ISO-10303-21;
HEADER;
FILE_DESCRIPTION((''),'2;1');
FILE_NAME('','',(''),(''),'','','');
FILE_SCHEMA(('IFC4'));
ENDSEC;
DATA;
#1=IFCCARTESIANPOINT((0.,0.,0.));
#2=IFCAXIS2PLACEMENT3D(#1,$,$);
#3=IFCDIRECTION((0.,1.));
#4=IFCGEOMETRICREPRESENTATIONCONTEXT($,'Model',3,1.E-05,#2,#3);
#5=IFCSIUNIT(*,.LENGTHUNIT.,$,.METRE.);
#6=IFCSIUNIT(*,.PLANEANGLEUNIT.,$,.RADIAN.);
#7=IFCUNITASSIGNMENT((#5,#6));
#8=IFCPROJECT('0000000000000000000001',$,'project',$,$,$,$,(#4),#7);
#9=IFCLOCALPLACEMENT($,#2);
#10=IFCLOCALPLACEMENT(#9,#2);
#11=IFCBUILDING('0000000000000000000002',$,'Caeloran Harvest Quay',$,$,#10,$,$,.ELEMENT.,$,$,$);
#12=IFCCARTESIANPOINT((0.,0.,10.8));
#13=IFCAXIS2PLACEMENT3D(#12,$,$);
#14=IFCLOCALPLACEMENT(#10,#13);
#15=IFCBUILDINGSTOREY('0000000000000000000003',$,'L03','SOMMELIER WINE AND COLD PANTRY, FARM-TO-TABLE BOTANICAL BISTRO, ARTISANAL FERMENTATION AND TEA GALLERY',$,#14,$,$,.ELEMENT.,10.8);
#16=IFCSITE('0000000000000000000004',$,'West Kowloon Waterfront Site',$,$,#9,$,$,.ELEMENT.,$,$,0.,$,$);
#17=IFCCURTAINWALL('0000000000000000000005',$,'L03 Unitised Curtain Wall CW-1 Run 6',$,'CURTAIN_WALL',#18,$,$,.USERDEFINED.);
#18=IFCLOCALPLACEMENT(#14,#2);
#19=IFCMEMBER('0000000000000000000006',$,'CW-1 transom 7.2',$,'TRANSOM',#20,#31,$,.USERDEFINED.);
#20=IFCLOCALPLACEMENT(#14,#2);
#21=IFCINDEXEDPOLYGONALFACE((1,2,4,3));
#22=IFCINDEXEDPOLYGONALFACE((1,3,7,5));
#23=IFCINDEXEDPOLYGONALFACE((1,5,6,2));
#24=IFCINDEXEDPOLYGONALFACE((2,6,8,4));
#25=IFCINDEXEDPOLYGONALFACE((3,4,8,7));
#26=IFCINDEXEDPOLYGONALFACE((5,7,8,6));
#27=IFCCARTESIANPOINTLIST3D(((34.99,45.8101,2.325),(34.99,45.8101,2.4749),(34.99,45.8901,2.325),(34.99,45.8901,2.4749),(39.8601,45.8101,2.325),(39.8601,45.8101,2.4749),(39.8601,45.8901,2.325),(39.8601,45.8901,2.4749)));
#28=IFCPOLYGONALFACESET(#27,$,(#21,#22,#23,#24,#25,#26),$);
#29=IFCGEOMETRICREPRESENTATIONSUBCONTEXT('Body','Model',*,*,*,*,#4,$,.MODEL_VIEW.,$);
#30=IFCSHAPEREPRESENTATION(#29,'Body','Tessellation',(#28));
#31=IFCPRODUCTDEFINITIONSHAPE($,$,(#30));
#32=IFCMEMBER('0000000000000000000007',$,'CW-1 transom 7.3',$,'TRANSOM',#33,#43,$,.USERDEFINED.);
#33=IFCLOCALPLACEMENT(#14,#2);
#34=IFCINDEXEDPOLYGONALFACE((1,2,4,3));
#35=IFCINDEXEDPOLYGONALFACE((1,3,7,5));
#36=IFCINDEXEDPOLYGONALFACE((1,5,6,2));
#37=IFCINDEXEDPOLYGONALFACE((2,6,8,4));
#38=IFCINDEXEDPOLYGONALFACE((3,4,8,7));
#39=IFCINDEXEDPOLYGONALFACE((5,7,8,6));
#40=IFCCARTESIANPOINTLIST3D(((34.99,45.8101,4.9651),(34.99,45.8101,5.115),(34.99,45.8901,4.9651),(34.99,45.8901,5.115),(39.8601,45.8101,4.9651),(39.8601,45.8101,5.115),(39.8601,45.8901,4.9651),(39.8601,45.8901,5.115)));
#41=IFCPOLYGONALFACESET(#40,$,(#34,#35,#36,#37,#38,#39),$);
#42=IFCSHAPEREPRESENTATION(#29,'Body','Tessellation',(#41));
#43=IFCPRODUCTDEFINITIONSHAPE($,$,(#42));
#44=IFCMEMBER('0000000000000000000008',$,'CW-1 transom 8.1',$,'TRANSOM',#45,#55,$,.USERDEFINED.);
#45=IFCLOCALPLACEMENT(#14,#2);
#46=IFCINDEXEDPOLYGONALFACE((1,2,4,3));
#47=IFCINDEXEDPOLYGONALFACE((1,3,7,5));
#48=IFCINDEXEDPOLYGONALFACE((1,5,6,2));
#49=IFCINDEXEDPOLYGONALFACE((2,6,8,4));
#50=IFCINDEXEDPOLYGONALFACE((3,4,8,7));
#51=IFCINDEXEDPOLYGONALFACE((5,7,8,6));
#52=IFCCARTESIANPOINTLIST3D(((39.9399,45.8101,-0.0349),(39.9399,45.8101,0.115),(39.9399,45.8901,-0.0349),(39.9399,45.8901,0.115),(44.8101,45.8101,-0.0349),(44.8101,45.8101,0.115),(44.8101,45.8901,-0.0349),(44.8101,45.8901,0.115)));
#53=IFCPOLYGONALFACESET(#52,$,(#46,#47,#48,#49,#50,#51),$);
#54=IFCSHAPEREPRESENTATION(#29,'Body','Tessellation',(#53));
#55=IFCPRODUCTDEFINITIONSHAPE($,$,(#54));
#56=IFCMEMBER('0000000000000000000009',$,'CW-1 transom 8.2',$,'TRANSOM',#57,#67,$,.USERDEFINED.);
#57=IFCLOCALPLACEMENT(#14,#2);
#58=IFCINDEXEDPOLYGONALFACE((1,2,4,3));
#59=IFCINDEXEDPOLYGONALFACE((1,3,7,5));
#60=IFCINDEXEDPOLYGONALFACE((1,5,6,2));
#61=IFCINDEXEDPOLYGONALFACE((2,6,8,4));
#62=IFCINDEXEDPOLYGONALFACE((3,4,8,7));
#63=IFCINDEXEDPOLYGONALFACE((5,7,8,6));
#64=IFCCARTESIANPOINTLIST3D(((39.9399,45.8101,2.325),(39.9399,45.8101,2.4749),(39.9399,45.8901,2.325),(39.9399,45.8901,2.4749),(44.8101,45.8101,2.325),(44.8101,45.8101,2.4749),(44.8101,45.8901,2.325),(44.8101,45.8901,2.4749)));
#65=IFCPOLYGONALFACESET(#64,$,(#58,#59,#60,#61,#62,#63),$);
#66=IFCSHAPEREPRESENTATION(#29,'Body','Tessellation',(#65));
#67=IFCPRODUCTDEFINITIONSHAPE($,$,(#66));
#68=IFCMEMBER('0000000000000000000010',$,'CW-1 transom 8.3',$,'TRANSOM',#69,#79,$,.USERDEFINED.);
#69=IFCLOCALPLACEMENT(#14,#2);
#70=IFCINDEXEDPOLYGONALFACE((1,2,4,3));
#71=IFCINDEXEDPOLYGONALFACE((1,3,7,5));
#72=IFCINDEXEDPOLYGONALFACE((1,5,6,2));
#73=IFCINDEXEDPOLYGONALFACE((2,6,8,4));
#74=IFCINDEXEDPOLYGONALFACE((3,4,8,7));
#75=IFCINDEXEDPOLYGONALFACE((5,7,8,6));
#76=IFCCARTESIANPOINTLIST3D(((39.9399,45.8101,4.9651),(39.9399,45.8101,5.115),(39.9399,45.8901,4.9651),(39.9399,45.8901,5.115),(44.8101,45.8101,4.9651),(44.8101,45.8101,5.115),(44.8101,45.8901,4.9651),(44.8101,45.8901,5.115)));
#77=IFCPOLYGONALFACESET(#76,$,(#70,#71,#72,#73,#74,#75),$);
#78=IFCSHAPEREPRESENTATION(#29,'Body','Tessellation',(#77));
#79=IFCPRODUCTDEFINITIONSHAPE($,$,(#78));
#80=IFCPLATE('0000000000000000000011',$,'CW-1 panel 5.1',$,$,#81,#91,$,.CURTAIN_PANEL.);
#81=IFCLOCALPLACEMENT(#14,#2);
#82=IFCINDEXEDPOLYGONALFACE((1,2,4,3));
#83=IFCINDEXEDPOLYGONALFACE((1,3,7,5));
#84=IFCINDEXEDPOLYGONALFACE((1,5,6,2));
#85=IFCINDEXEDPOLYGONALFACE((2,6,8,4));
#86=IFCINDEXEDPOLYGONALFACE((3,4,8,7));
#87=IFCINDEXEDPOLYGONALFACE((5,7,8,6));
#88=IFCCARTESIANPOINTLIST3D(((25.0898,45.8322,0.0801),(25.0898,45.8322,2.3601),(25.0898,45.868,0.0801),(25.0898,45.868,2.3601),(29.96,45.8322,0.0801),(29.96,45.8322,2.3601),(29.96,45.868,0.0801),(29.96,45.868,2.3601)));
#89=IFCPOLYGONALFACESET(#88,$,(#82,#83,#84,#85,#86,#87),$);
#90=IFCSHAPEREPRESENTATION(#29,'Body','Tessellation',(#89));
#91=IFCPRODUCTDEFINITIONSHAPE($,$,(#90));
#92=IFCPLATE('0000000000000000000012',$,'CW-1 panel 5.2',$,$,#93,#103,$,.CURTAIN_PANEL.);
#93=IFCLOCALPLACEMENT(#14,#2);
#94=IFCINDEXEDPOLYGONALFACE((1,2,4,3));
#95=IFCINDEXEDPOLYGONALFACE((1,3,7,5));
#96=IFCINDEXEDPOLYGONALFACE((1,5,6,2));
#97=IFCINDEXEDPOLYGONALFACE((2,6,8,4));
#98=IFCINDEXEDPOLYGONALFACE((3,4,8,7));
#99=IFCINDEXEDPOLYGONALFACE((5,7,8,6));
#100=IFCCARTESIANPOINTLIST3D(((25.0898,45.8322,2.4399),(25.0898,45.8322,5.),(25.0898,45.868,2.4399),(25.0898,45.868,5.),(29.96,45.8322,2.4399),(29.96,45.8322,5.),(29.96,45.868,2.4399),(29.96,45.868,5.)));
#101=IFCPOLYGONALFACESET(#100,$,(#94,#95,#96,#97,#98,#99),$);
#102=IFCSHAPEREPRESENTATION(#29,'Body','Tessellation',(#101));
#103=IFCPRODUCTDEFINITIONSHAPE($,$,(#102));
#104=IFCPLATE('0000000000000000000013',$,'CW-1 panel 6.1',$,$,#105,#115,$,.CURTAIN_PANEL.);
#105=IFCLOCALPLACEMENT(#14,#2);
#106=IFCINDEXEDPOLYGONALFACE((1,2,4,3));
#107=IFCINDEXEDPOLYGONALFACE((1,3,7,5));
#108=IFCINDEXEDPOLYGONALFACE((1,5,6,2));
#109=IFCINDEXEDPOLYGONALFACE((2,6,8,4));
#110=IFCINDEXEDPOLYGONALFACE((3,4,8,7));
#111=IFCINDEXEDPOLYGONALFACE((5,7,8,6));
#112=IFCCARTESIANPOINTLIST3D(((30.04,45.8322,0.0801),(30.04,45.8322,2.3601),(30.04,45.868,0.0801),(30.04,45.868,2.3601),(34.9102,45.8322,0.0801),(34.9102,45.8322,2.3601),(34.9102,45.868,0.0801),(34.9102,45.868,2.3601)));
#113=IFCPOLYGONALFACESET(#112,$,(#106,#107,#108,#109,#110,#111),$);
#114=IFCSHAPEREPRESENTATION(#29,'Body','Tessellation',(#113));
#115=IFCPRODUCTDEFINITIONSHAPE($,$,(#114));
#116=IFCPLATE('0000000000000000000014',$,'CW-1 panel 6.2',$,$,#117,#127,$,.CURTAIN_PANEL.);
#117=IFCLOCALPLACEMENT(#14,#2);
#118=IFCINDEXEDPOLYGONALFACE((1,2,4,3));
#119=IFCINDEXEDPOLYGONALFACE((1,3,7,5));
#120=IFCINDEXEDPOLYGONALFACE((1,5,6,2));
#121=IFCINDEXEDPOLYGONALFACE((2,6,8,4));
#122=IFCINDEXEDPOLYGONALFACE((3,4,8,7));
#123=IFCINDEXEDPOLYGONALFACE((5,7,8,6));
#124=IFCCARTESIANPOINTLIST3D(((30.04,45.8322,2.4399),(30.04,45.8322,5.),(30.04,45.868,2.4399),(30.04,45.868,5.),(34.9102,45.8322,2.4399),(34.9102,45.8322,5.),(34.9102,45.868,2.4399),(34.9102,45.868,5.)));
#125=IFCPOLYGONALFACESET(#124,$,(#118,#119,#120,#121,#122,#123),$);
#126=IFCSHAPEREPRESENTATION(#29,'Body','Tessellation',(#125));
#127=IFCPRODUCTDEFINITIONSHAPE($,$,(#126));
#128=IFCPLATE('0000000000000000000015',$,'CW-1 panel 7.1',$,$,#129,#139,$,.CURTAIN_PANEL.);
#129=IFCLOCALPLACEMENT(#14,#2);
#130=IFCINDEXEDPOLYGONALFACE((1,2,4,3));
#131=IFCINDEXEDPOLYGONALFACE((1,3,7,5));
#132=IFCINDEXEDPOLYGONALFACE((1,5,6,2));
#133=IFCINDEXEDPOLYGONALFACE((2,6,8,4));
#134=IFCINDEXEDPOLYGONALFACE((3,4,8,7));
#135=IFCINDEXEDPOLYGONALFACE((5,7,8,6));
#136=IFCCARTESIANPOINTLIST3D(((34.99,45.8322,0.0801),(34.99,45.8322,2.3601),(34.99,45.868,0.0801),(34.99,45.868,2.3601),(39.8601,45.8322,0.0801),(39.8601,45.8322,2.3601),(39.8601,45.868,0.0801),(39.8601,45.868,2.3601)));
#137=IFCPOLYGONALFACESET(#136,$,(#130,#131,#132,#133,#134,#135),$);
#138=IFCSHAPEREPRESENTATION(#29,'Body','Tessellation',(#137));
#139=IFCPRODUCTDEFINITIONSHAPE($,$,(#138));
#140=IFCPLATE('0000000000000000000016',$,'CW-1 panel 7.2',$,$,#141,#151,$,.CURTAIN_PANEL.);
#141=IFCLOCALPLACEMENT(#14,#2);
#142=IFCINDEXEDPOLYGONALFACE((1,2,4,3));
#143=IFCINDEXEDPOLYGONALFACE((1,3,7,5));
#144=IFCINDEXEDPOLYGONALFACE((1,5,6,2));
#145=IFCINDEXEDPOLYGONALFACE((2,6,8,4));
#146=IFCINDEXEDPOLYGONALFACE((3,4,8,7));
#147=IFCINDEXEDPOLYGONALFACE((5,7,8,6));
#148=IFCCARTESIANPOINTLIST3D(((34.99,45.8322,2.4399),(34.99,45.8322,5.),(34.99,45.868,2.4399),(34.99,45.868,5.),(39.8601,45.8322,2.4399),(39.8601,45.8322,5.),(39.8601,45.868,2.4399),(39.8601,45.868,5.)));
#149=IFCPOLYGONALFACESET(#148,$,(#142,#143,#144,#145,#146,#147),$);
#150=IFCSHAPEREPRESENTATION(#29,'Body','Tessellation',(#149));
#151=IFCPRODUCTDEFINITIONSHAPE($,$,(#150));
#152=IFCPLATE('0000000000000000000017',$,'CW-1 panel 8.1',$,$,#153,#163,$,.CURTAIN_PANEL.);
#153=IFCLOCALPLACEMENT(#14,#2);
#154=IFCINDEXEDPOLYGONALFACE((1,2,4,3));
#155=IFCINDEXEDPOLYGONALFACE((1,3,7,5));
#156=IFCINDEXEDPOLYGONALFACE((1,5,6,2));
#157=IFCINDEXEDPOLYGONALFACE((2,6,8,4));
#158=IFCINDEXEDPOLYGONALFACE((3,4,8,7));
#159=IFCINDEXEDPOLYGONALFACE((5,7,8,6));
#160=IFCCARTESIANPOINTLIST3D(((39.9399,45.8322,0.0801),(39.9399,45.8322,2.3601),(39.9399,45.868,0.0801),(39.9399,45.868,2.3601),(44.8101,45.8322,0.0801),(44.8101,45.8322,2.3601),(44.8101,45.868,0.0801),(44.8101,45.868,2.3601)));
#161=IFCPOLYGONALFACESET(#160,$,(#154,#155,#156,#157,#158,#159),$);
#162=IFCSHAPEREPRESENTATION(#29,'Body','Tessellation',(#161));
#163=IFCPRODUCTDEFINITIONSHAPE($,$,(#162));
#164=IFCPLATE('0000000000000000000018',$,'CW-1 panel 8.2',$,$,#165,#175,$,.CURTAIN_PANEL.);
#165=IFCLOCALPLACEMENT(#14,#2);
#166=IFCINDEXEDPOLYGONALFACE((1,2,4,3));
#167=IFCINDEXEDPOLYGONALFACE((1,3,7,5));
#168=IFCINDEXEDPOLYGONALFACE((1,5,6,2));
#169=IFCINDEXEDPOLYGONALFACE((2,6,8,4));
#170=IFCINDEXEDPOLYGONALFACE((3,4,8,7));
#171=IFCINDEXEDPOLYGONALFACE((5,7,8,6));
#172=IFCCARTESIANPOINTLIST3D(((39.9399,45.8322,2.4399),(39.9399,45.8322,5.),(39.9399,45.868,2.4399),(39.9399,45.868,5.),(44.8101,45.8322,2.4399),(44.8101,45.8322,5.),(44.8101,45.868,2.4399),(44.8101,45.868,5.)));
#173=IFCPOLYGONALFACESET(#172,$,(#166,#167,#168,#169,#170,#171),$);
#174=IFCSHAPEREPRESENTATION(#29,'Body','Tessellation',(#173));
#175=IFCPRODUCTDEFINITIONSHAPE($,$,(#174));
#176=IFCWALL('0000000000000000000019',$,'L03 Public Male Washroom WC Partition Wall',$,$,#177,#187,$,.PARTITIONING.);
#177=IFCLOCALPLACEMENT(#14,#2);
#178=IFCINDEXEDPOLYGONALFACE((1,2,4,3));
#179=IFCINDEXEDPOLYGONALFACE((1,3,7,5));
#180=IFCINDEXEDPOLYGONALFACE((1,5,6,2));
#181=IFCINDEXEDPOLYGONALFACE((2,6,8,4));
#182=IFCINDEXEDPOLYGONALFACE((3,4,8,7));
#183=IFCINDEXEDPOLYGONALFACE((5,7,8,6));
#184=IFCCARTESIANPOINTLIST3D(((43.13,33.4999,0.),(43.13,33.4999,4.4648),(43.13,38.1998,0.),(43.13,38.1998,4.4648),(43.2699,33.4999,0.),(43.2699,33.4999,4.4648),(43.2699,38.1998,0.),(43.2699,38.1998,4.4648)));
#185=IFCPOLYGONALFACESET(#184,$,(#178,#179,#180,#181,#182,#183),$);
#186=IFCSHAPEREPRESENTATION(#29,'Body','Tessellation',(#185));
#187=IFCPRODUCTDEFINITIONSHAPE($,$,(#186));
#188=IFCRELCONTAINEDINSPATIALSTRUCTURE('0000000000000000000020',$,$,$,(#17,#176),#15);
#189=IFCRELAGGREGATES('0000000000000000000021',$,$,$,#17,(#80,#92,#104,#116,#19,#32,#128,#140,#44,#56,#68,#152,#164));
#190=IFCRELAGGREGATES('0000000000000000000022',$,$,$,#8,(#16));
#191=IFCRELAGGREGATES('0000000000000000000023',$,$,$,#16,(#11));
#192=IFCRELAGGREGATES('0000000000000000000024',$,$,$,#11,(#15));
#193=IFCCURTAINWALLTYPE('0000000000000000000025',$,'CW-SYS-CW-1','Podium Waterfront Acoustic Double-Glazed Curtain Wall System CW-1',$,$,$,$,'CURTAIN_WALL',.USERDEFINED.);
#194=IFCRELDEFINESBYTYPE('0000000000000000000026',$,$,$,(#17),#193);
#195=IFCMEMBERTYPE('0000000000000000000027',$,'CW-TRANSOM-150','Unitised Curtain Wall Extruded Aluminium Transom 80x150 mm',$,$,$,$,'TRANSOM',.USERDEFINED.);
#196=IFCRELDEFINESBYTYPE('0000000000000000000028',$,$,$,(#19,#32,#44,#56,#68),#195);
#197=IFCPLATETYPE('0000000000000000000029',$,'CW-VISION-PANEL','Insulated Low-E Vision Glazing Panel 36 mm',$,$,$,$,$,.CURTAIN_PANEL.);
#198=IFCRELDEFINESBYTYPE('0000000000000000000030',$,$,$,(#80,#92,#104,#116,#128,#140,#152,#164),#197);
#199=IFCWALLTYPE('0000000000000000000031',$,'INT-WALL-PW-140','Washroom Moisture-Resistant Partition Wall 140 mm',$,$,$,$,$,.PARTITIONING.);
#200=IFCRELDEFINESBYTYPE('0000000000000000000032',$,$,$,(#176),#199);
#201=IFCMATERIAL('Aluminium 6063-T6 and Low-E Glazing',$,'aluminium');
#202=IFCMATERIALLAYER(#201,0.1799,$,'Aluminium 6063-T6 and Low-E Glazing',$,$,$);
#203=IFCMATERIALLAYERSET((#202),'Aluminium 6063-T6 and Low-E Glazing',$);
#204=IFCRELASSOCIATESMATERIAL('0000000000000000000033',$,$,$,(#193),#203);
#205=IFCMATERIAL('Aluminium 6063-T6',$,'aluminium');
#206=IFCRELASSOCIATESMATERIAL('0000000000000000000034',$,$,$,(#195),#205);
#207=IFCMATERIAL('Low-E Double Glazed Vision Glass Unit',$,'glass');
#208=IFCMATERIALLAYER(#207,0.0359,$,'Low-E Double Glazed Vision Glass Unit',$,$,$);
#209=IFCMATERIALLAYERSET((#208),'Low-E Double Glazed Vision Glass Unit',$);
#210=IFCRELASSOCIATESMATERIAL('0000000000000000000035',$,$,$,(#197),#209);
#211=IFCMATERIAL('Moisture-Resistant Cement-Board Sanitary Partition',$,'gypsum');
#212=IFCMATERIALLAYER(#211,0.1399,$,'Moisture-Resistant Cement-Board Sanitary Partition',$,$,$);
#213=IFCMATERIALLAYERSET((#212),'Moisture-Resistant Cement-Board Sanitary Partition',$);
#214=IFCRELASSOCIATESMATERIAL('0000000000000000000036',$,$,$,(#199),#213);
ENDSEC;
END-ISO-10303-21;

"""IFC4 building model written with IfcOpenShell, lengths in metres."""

from ifc_helpers import new_model, si_unit, direction, frame, frame_2d, origin, origin_2d, place, context, subcontext, project, spatial, rectangle, extrude, material, layer, layer_set, material_profile, profile_set, type_object, element, aggregate, save


model = new_model("IFC4")

# Units and contexts
model_context = context("Model", 3, precision=1e-05, world=origin(), true_north=direction((0.0, 1.0)))
body_context = subcontext(model_context, "Body", "Model", "MODEL_VIEW")
ifc_project = project(units=[si_unit("LENGTHUNIT", "METRE"), si_unit("PLANEANGLEUNIT", "RADIAN")], contexts=[model_context])

# Site, building, storey
site_placement = place(None, origin())
site = spatial("IfcSite", under=ifc_project, at=site_placement, Name="West Kowloon Waterfront Site", CompositionType="ELEMENT", RefElevation=0.0)
building_placement = place(site_placement, origin())
building = spatial("IfcBuilding", under=site, at=building_placement, Name="Caeloran Harvest Quay", CompositionType="ELEMENT")
storey_placement = place(building_placement, frame((0.0, 0.0, 10.8)))
storey = spatial("IfcBuildingStorey", under=building, at=storey_placement, Name="L03", Description="SOMMELIER WINE AND COLD PANTRY, FARM-TO-TABLE BOTANICAL BISTRO, ARTISANAL FERMENTATION AND TEA GALLERY", CompositionType="ELEMENT", Elevation=10.8)

# Curtain wall, members, plates
ifc_material_1 = material(Name="Aluminium 6063-T6 and Low-E Glazing", Category="aluminium")
ifc_layer_1 = layer(ifc_material_1, 0.1799, Name="Aluminium 6063-T6 and Low-E Glazing")
ifc_layer_set_1 = layer_set([ifc_layer_1], Name="Aluminium 6063-T6 and Low-E Glazing")
curtain_wall_type = type_object("IfcCurtainWallType", Name="CW-SYS-CW-1", Description="Podium Waterfront Acoustic Double-Glazed Curtain Wall System CW-1", ElementType="CURTAIN_WALL", PredefinedType="USERDEFINED", material=ifc_layer_set_1)
curtain_wall_placement = place(storey_placement, origin())
curtain_wall = element("IfcCurtainWall", 1, at=curtain_wall_placement, inside=storey, type_object=curtain_wall_type, Name="L03 Unitised Curtain Wall CW-1 Run 6", ObjectType="CURTAIN_WALL", PredefinedType="USERDEFINED")
ifc_material_2 = material(Name="Aluminium 6063-T6", Category="aluminium")
ifc_material_profile_1 = material_profile(ifc_material_2, rectangle(XDim=0.0801, YDim=0.1499, at=origin_2d()), Name="CW-TRANSOM-150")
ifc_profile_set_1 = profile_set([ifc_material_profile_1], Name="Aluminium 6063-T6")
member_type_1 = type_object("IfcMemberType", Name="CW-TRANSOM-150", Description="Unitised Curtain Wall Extruded Aluminium Transom 80x150 mm", ElementType="TRANSOM", PredefinedType="USERDEFINED", material=ifc_profile_set_1)
member_1_placement = place(storey_placement, frame((34.99, 45.8501, 2.3999), z_axis=(1.0, 0.0, 0.0), x_axis=(0.0, 1.0, 0.0)))
member_1 = element("IfcMember", 2, at=member_1_placement, type_object=member_type_1, Name="CW-1 transom 7.2", ObjectType="TRANSOM", PredefinedType="USERDEFINED", context=body_context, shape_type="SweptSolid", body=[
    extrude(rectangle(XDim=0.0801, YDim=0.1499, at=origin_2d()), origin(), (0.0, 0.0, 1.0), 4.8701),
])
member_2_placement = place(storey_placement, frame((34.99, 45.8501, 5.04), z_axis=(1.0, 0.0, 0.0), x_axis=(0.0, 1.0, 0.0)))
member_2 = element("IfcMember", 3, at=member_2_placement, type_object=member_type_1, Name="CW-1 transom 7.3", ObjectType="TRANSOM", PredefinedType="USERDEFINED", context=body_context, shape_type="SweptSolid", body=[
    extrude(rectangle(XDim=0.0801, YDim=0.1499, at=origin_2d()), origin(), (0.0, 0.0, 1.0), 4.8701),
])
member_3_placement = place(storey_placement, frame((39.9399, 45.8501, 0.04), z_axis=(1.0, 0.0, 0.0), x_axis=(0.0, 1.0, 0.0)))
member_3 = element("IfcMember", 4, at=member_3_placement, type_object=member_type_1, Name="CW-1 transom 8.1", ObjectType="TRANSOM", PredefinedType="USERDEFINED", context=body_context, shape_type="SweptSolid", body=[
    extrude(rectangle(XDim=0.0801, YDim=0.1499, at=origin_2d()), origin(), (0.0, 0.0, 1.0), 4.8701),
])
member_4_placement = place(storey_placement, frame((39.9399, 45.8501, 2.3999), z_axis=(1.0, 0.0, 0.0), x_axis=(0.0, 1.0, 0.0)))
member_4 = element("IfcMember", 5, at=member_4_placement, type_object=member_type_1, Name="CW-1 transom 8.2", ObjectType="TRANSOM", PredefinedType="USERDEFINED", context=body_context, shape_type="SweptSolid", body=[
    extrude(rectangle(XDim=0.0801, YDim=0.1499, at=origin_2d()), origin(), (0.0, 0.0, 1.0), 4.8701),
])
member_5_placement = place(storey_placement, frame((39.9399, 45.8501, 5.04), z_axis=(1.0, 0.0, 0.0), x_axis=(0.0, 1.0, 0.0)))
member_5 = element("IfcMember", 6, at=member_5_placement, type_object=member_type_1, Name="CW-1 transom 8.3", ObjectType="TRANSOM", PredefinedType="USERDEFINED", context=body_context, shape_type="SweptSolid", body=[
    extrude(rectangle(XDim=0.0801, YDim=0.1499, at=origin_2d()), origin(), (0.0, 0.0, 1.0), 4.8701),
])
ifc_material_3 = material(Name="Low-E Double Glazed Vision Glass Unit", Category="glass")
ifc_layer_2 = layer(ifc_material_3, 0.0359, Name="Low-E Double Glazed Vision Glass Unit")
ifc_layer_set_2 = layer_set([ifc_layer_2], Name="Low-E Double Glazed Vision Glass Unit")
plate_type = type_object("IfcPlateType", Name="CW-VISION-PANEL", Description="Insulated Low-E Vision Glazing Panel 36 mm", PredefinedType="CURTAIN_PANEL", material=ifc_layer_set_2)
plate_1_placement = place(storey_placement, frame((27.5249, 45.8501, 0.0801), z_axis=(0.0, 0.0, 1.0), x_axis=(1.0, 0.0, 0.0)))
plate_1 = element("IfcPlate", 7, at=plate_1_placement, type_object=plate_type, Name="CW-1 panel 5.1", PredefinedType="CURTAIN_PANEL", context=body_context, shape_type="SweptSolid", body=[
    extrude(rectangle(XDim=4.8701, YDim=0.0359, at=origin_2d()), origin(), (0.0, 0.0, 1.0), 2.28),
])
plate_2_placement = place(storey_placement, frame((27.5249, 45.8501, 2.4399), z_axis=(0.0, 0.0, 1.0), x_axis=(1.0, 0.0, 0.0)))
plate_2 = element("IfcPlate", 8, at=plate_2_placement, type_object=plate_type, Name="CW-1 panel 5.2", PredefinedType="CURTAIN_PANEL", context=body_context, shape_type="SweptSolid", body=[
    extrude(rectangle(XDim=4.8701, YDim=0.0359, at=origin_2d()), origin(), (0.0, 0.0, 1.0), 2.5601),
])
plate_3_placement = place(storey_placement, frame((32.4751, 45.8501, 0.0801), z_axis=(0.0, 0.0, 1.0), x_axis=(1.0, 0.0, 0.0)))
plate_3 = element("IfcPlate", 9, at=plate_3_placement, type_object=plate_type, Name="CW-1 panel 6.1", PredefinedType="CURTAIN_PANEL", context=body_context, shape_type="SweptSolid", body=[
    extrude(rectangle(XDim=4.8701, YDim=0.0359, at=origin_2d()), origin(), (0.0, 0.0, 1.0), 2.28),
])
plate_4_placement = place(storey_placement, frame((32.4751, 45.8501, 2.4399), z_axis=(0.0, 0.0, 1.0), x_axis=(1.0, 0.0, 0.0)))
plate_4 = element("IfcPlate", 10, at=plate_4_placement, type_object=plate_type, Name="CW-1 panel 6.2", PredefinedType="CURTAIN_PANEL", context=body_context, shape_type="SweptSolid", body=[
    extrude(rectangle(XDim=4.8701, YDim=0.0359, at=origin_2d()), origin(), (0.0, 0.0, 1.0), 2.5601),
])
plate_5_placement = place(storey_placement, frame((37.425, 45.8501, 0.0801), z_axis=(0.0, 0.0, 1.0), x_axis=(1.0, 0.0, 0.0)))
plate_5 = element("IfcPlate", 11, at=plate_5_placement, type_object=plate_type, Name="CW-1 panel 7.1", PredefinedType="CURTAIN_PANEL", context=body_context, shape_type="SweptSolid", body=[
    extrude(rectangle(XDim=4.8701, YDim=0.0359, at=origin_2d()), origin(), (0.0, 0.0, 1.0), 2.28),
])
plate_6_placement = place(storey_placement, frame((37.425, 45.8501, 2.4399), z_axis=(0.0, 0.0, 1.0), x_axis=(1.0, 0.0, 0.0)))
plate_6 = element("IfcPlate", 12, at=plate_6_placement, type_object=plate_type, Name="CW-1 panel 7.2", PredefinedType="CURTAIN_PANEL", context=body_context, shape_type="SweptSolid", body=[
    extrude(rectangle(XDim=4.8701, YDim=0.0359, at=origin_2d()), origin(), (0.0, 0.0, 1.0), 2.5601),
])
plate_7_placement = place(storey_placement, frame((42.375, 45.8501, 0.0801), z_axis=(0.0, 0.0, 1.0), x_axis=(1.0, 0.0, 0.0)))
plate_7 = element("IfcPlate", 13, at=plate_7_placement, type_object=plate_type, Name="CW-1 panel 8.1", PredefinedType="CURTAIN_PANEL", context=body_context, shape_type="SweptSolid", body=[
    extrude(rectangle(XDim=4.8701, YDim=0.0359, at=origin_2d()), origin(), (0.0, 0.0, 1.0), 2.28),
])
plate_8_placement = place(storey_placement, frame((42.375, 45.8501, 2.4399), z_axis=(0.0, 0.0, 1.0), x_axis=(1.0, 0.0, 0.0)))
plate_8 = element("IfcPlate", 14, at=plate_8_placement, type_object=plate_type, Name="CW-1 panel 8.2", PredefinedType="CURTAIN_PANEL", context=body_context, shape_type="SweptSolid", body=[
    extrude(rectangle(XDim=4.8701, YDim=0.0359, at=origin_2d()), origin(), (0.0, 0.0, 1.0), 2.5601),
])
aggregate(curtain_wall, [plate_1, plate_2, plate_3, plate_4, member_1, member_2, plate_5, plate_6, member_3, member_4, member_5, plate_7, plate_8])

# Wall
ifc_material_4 = material(Name="Moisture-Resistant Cement-Board Sanitary Partition", Category="gypsum")
ifc_layer_3 = layer(ifc_material_4, 0.1399, Name="Moisture-Resistant Cement-Board Sanitary Partition")
ifc_layer_set_3 = layer_set([ifc_layer_3], Name="Moisture-Resistant Cement-Board Sanitary Partition")
wall_type_1 = type_object("IfcWallType", Name="INT-WALL-PW-140", Description="Washroom Moisture-Resistant Partition Wall 140 mm", PredefinedType="PARTITIONING", material=ifc_layer_set_3)
wall_1_placement = place(storey_placement, frame((43.2, 38.2, 0.0), z_axis=(0.0, 0.0, 1.0), x_axis=(0.0, -1.0, 0.0)))
element("IfcWall", 15, at=wall_1_placement, inside=storey, type_object=wall_type_1, Name="L03 Public Male Washroom WC Partition Wall", PredefinedType="PARTITIONING", context=body_context, shape_type="SweptSolid", body=[
    extrude(rectangle(XDim=4.7, YDim=0.1399, at=frame_2d((2.3501, 0.0))), origin(), (0.0, 0.0, 1.0), 4.4648),
])

save(model, "model.ifc")
